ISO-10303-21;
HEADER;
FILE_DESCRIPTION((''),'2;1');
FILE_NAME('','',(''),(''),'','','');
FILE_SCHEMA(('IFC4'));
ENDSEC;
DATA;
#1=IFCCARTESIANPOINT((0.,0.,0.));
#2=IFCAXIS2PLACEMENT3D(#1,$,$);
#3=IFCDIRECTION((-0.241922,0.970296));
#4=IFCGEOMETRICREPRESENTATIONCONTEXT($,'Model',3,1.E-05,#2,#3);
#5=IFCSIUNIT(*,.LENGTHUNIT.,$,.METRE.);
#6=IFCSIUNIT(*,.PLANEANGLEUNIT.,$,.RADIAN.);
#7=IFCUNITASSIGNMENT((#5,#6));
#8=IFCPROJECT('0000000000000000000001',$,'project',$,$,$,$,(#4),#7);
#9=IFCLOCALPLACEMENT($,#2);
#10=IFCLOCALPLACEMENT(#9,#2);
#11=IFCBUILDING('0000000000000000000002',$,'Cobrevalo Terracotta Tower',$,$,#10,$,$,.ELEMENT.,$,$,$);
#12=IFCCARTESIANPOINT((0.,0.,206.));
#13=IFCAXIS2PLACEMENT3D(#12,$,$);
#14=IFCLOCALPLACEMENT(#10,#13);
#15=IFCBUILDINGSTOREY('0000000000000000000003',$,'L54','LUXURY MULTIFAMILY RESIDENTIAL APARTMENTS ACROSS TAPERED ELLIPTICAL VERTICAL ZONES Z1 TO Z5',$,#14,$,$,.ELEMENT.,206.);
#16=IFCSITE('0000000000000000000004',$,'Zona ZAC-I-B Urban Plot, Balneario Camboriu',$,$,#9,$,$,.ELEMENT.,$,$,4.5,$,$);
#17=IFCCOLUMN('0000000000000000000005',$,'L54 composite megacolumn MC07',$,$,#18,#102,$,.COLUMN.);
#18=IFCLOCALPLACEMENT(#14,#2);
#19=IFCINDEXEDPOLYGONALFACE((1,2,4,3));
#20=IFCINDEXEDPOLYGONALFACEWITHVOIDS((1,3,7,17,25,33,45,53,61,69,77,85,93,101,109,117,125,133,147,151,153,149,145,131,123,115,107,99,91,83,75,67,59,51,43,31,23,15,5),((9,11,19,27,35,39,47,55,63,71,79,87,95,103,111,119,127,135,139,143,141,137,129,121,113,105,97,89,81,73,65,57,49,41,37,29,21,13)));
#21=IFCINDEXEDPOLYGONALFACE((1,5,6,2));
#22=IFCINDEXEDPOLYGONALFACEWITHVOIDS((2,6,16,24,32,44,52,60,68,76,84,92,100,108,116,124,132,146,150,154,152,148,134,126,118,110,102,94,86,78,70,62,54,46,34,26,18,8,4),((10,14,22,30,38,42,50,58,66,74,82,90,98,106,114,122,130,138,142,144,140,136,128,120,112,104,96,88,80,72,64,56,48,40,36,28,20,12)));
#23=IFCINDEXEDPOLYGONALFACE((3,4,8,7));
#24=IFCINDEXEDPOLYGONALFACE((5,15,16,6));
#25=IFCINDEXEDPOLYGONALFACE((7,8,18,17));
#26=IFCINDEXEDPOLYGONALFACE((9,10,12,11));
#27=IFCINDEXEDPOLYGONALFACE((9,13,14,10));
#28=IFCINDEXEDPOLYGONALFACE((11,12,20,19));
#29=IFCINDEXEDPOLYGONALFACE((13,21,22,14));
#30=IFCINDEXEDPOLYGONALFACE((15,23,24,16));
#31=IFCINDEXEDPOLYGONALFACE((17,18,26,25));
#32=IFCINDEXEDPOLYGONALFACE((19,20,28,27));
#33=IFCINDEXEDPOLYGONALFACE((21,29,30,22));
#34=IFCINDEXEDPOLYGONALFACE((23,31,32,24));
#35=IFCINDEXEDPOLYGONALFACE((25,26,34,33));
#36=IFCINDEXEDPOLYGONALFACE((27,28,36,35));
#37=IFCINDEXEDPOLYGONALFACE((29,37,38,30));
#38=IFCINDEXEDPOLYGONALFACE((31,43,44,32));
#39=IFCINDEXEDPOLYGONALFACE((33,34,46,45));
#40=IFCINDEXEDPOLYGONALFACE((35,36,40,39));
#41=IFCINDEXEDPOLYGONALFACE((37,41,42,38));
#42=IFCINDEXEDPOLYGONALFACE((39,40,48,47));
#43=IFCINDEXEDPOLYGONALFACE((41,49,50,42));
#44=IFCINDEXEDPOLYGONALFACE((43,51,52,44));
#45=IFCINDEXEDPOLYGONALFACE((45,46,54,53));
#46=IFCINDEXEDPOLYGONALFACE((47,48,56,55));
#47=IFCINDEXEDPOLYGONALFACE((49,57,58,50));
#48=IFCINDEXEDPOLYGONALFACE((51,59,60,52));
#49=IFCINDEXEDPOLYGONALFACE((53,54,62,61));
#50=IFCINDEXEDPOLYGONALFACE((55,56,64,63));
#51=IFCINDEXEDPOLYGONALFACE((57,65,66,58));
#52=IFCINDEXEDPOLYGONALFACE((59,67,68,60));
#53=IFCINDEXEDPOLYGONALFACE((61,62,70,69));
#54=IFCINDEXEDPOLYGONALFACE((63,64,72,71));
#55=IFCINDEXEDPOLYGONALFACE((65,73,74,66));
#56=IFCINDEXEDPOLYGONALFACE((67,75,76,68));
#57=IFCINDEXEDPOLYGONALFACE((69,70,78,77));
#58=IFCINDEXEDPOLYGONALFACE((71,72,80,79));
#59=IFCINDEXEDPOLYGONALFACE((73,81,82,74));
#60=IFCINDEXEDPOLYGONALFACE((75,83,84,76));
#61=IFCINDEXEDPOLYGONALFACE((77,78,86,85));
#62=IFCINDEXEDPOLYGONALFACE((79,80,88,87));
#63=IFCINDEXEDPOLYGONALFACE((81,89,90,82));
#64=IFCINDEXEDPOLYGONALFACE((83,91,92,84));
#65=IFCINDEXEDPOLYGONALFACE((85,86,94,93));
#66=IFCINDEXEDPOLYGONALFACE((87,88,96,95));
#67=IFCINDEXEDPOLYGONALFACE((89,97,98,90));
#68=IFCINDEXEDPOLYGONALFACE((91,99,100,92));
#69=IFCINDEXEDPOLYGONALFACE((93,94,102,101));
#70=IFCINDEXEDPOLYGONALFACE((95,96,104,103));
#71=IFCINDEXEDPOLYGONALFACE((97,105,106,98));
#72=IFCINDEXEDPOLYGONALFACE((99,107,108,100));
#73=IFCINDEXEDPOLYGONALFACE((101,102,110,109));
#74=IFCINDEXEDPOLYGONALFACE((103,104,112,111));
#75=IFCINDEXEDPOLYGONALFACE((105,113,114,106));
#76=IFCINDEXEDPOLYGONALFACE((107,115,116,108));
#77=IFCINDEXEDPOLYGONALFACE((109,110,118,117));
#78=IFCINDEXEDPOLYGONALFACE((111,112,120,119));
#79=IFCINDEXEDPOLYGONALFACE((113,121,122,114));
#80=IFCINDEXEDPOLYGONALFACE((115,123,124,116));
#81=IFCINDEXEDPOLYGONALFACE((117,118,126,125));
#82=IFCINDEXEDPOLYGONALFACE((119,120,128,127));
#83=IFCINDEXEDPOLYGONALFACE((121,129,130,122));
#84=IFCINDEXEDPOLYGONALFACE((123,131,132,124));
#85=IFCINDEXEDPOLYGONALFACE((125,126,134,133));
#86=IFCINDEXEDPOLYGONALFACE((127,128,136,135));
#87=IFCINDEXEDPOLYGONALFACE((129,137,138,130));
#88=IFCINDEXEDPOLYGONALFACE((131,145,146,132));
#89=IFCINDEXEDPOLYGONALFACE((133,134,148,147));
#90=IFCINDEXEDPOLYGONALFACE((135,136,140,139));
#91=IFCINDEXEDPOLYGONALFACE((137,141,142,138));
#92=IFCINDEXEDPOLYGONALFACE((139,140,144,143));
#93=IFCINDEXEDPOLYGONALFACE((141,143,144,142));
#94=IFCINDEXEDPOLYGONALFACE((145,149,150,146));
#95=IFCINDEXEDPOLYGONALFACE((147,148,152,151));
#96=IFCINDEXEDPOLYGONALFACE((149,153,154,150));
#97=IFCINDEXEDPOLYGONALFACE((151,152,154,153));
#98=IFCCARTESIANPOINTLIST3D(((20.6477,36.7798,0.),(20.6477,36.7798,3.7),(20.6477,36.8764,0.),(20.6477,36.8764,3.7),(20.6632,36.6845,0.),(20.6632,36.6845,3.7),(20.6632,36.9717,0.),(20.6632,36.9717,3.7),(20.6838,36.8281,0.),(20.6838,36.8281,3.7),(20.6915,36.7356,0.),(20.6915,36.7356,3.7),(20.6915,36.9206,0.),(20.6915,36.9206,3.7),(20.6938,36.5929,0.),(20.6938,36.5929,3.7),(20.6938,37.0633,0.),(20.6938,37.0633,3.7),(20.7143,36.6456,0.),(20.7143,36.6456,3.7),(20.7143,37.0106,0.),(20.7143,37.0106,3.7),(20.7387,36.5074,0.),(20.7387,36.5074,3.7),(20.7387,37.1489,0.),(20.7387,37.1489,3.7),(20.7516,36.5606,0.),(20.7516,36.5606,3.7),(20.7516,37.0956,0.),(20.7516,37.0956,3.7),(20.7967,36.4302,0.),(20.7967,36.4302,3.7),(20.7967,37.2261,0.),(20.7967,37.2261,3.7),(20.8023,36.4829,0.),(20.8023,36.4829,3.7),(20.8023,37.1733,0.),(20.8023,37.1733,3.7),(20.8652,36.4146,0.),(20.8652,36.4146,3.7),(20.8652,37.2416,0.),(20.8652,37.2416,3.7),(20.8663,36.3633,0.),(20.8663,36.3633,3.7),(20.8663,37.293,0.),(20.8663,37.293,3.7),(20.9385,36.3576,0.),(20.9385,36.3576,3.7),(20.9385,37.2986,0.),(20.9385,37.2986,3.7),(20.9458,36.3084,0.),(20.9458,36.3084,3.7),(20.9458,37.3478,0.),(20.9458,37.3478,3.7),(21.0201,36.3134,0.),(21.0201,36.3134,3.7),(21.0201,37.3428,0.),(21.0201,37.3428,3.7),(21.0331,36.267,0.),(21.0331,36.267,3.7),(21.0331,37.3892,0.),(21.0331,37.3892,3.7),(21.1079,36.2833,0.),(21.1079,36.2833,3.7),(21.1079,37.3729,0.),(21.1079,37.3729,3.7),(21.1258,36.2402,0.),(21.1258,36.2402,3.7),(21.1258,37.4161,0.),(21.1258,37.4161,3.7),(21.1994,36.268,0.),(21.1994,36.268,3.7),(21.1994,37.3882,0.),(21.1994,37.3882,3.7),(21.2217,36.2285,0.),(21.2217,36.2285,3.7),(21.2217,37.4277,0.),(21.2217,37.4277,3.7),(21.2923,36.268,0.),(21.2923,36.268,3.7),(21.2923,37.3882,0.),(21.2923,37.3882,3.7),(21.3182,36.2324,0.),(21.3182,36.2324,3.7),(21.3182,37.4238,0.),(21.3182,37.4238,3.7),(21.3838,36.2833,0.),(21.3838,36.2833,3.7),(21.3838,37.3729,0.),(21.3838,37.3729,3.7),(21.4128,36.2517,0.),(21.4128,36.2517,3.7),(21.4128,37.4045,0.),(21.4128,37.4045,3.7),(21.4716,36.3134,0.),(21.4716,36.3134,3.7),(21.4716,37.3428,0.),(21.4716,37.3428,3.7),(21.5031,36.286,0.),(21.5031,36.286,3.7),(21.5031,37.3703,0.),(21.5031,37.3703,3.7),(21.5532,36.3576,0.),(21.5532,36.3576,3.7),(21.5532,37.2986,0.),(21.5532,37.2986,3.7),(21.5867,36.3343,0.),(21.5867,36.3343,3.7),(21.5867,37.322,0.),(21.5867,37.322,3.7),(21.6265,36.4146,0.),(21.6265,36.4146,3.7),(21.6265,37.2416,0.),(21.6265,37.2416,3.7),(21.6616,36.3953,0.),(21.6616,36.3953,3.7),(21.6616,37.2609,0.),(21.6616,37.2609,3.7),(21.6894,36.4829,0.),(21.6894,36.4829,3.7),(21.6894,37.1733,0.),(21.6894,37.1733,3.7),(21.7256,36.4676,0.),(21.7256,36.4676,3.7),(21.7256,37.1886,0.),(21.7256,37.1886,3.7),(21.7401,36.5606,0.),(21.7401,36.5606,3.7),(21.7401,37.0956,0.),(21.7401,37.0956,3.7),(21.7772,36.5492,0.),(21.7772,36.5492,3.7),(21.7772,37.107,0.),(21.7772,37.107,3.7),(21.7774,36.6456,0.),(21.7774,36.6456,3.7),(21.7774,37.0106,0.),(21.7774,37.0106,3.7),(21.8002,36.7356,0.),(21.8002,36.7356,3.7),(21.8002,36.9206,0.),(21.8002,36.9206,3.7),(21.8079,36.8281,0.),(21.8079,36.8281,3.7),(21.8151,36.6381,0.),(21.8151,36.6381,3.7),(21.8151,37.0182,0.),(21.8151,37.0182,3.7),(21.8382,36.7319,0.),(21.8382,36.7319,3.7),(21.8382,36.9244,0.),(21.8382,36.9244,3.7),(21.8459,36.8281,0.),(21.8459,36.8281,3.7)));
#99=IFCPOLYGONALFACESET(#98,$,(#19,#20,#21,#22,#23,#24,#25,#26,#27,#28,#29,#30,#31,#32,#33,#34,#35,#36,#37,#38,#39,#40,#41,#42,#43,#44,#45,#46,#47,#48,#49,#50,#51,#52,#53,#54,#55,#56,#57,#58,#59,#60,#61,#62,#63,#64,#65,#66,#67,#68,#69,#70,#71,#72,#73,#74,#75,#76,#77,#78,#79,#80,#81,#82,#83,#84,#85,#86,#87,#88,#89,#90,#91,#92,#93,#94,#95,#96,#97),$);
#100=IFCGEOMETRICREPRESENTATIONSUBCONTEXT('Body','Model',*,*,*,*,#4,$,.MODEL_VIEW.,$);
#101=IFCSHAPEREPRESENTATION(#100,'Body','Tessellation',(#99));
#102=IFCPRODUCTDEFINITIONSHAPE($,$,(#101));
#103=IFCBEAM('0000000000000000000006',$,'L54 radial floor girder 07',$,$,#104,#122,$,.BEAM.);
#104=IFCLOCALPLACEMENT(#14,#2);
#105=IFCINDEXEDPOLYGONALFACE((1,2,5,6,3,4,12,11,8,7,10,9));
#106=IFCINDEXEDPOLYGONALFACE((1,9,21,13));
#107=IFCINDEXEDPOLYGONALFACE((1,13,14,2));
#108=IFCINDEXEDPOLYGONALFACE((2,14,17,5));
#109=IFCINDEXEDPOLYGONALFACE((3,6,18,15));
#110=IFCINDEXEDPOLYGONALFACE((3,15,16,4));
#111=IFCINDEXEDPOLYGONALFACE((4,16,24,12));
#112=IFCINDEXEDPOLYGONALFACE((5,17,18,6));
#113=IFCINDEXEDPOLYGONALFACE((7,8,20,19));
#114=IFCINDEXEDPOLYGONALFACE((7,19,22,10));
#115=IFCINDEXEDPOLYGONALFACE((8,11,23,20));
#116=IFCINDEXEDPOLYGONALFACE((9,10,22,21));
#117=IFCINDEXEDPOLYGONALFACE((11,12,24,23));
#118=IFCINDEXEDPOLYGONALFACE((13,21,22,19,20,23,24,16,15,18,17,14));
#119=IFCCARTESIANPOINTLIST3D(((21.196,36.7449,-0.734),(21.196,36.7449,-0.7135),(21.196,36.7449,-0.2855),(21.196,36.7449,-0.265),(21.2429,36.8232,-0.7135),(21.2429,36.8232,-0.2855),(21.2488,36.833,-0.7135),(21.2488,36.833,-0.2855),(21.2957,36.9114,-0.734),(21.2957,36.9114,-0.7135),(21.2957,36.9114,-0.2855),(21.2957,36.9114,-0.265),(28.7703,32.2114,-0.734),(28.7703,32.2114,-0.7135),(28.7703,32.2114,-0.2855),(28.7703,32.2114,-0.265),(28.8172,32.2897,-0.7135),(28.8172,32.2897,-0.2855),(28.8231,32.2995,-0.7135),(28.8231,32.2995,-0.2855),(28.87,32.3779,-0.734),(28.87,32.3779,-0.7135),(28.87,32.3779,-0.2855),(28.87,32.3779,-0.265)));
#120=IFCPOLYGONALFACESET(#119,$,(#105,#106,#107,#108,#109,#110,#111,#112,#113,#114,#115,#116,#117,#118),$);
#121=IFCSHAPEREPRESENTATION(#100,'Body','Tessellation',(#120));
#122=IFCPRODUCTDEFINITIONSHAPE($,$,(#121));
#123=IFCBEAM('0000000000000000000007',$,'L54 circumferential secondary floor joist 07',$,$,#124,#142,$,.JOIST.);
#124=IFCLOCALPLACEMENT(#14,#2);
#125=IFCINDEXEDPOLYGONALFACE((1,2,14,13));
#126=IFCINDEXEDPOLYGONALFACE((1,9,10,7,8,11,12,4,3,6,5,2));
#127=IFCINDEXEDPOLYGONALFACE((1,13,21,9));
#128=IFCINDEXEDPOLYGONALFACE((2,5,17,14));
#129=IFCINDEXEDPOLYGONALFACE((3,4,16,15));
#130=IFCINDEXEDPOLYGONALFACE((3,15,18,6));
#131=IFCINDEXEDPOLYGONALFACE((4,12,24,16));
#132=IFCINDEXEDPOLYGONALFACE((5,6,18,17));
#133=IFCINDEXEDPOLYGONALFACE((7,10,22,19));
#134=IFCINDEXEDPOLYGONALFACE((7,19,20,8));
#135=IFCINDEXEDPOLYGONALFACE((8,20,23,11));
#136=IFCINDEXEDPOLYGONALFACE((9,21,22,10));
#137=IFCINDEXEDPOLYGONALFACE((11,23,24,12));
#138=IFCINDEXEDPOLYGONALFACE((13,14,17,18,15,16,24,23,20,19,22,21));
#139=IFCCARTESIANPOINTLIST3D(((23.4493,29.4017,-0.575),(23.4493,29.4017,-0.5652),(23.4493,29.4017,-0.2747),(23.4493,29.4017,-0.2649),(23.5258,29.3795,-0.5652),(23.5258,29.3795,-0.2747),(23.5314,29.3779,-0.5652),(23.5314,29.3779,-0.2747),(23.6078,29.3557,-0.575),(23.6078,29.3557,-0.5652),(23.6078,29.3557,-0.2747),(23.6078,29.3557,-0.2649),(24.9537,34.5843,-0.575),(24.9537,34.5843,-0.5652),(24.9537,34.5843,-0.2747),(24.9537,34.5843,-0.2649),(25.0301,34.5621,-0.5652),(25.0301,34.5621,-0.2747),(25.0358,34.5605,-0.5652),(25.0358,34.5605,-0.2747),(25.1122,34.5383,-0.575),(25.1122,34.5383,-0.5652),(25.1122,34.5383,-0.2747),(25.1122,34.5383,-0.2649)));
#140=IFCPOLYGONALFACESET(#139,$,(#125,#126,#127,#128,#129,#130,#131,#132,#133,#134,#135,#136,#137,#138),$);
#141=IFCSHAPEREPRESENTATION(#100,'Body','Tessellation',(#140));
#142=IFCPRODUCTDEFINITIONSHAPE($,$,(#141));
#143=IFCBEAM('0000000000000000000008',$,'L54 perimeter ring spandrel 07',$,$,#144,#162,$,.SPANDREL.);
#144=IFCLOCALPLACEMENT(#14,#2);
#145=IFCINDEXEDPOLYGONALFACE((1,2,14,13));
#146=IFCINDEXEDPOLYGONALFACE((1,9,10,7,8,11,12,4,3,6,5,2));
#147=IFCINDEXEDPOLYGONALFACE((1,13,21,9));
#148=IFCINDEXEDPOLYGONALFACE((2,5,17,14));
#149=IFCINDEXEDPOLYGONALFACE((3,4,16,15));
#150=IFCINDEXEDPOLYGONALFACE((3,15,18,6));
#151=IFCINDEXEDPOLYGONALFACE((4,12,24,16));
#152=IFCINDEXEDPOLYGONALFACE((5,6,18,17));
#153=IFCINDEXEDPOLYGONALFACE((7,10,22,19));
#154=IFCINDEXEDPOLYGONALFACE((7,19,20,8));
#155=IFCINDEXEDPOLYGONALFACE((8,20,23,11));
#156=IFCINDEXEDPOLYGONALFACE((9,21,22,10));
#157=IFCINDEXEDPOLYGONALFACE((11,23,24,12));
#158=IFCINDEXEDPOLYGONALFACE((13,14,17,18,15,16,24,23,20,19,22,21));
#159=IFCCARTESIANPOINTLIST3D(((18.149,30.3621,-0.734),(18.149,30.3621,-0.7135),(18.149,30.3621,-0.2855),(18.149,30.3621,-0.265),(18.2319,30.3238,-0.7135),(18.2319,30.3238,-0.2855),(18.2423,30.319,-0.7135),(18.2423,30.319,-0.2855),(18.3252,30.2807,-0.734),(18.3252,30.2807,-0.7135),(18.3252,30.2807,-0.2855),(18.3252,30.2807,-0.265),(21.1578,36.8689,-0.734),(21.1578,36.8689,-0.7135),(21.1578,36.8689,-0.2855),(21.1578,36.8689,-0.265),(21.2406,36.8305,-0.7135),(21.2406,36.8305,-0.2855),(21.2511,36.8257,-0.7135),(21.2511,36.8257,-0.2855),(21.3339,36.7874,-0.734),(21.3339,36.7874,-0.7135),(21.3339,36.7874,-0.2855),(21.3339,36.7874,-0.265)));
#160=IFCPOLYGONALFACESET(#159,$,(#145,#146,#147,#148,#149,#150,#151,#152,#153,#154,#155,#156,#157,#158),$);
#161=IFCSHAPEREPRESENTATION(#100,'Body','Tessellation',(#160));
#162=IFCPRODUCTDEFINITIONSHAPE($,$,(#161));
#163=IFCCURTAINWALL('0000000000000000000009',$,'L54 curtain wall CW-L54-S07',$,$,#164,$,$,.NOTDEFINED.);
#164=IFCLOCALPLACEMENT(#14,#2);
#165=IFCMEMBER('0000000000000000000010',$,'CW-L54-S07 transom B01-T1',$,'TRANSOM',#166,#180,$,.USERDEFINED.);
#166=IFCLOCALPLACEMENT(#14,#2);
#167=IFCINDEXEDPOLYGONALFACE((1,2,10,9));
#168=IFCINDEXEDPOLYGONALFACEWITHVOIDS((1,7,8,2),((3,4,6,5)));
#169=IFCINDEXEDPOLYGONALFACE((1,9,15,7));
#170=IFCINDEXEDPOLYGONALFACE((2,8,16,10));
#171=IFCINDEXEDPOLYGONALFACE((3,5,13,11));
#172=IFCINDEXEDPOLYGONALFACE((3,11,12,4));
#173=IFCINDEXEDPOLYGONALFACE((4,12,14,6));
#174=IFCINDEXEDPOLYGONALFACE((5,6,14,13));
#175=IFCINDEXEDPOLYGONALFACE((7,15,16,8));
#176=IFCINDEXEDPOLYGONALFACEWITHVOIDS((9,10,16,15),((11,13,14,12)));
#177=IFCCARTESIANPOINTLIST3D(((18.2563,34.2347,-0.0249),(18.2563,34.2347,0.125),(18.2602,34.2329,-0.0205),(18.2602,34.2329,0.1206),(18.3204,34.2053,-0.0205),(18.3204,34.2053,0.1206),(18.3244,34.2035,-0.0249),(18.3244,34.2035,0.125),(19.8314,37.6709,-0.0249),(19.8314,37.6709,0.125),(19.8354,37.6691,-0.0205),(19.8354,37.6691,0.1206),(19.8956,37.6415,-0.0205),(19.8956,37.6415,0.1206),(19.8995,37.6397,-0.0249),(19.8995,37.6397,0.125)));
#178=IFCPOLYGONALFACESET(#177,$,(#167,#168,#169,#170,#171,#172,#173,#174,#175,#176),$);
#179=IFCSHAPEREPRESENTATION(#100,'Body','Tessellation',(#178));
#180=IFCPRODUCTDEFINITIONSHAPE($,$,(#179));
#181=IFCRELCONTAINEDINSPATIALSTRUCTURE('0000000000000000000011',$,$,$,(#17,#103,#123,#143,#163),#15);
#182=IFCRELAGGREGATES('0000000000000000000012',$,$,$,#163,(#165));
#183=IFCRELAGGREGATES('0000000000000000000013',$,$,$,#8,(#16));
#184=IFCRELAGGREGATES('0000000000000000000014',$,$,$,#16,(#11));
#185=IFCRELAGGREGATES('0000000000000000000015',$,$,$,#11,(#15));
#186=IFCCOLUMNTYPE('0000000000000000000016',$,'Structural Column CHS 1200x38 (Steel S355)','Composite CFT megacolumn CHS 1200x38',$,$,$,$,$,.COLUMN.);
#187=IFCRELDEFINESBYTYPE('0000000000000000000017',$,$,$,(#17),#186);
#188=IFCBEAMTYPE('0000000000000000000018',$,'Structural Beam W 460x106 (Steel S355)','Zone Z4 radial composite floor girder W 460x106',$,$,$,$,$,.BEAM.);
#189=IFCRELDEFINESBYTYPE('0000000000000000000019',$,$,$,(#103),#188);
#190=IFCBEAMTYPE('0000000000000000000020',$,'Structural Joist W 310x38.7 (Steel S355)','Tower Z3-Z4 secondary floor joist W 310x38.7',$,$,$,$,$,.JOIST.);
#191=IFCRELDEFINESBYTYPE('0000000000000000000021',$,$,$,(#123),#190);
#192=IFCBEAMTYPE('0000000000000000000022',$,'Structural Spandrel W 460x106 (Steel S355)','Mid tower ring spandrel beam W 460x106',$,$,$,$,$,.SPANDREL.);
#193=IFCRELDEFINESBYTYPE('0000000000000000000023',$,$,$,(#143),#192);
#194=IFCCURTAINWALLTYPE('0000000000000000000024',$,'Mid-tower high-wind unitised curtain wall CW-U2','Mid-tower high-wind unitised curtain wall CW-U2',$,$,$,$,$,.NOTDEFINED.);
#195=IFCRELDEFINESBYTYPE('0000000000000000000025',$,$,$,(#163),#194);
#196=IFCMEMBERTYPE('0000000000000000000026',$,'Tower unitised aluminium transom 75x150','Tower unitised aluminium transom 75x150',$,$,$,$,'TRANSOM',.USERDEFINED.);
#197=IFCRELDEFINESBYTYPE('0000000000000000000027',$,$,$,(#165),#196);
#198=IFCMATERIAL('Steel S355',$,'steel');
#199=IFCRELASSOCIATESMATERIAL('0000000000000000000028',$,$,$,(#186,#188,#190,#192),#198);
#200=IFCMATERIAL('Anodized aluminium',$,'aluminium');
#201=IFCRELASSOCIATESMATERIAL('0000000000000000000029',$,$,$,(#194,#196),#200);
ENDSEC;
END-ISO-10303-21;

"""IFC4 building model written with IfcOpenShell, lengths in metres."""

from ifc_helpers import new_model, si_unit, direction, frame, origin, origin_2d, place, context, subcontext, project, spatial, hollow_rectangle, hollow_circle, i_section, extrude, source, transform, mapped, material, material_profile, profile_set, type_object, element, aggregate, save


model = new_model("IFC4")

# Units and contexts
model_context = context("Model", 3, precision=1e-05, world=origin(), true_north=direction((-0.241922, 0.970296)))
body_context = subcontext(model_context, "Body", "Model", "MODEL_VIEW")
ifc_project = project(units=[si_unit("LENGTHUNIT", "METRE"), si_unit("PLANEANGLEUNIT", "RADIAN")], contexts=[model_context])

# Site, building, storey
site_placement = place(None, origin())
site = spatial("IfcSite", under=ifc_project, at=site_placement, Name="Zona ZAC-I-B Urban Plot, Balneario Camboriu", CompositionType="ELEMENT", RefElevation=4.5)
building_placement = place(site_placement, origin())
building = spatial("IfcBuilding", under=site, at=building_placement, Name="Cobrevalo Terracotta Tower", CompositionType="ELEMENT")
storey_placement = place(building_placement, frame((0.0, 0.0, 206.0)))
storey = spatial("IfcBuildingStorey", under=building, at=storey_placement, Name="L54", Description="LUXURY MULTIFAMILY RESIDENTIAL APARTMENTS ACROSS TAPERED ELLIPTICAL VERTICAL ZONES Z1 TO Z5", CompositionType="ELEMENT", Elevation=206.0)

# Column
ifc_material_1 = material(Name="Steel S355", Category="steel")
ifc_material_profile_1 = material_profile(ifc_material_1, hollow_circle(Radius=0.6001, WallThickness=0.0381, at=origin_2d()), Name="CHS 1200x38")
ifc_profile_set_1 = profile_set([ifc_material_profile_1], Name="Steel S355")
column_type = type_object("IfcColumnType", Name="Structural Column CHS 1200x38 (Steel S355)", Description="Composite CFT megacolumn CHS 1200x38", PredefinedType="COLUMN", material=ifc_profile_set_1)
column_placement = place(storey_placement, frame((21.2458, 36.8281, 0.0), z_axis=(0.0, 0.0, 1.0), x_axis=(1.0, 0.0, 0.0)))
element("IfcColumn", 1, at=column_placement, inside=storey, type_object=column_type, Name="L54 composite megacolumn MC07", PredefinedType="COLUMN", context=body_context, shape_type="SweptSolid", body=[
    extrude(hollow_circle(Radius=0.6001, WallThickness=0.0381, at=origin_2d()), origin(), (0.0, 0.0, 1.0), 3.7),
])

# Beams
ifc_material_profile_2 = material_profile(ifc_material_1, i_section(OverallWidth=0.1941, OverallDepth=0.469, WebThickness=0.0115, FlangeThickness=0.0205, at=origin_2d()), Name="W 460x106")
ifc_profile_set_2 = profile_set([ifc_material_profile_2], Name="Steel S355")
beam_type_1 = type_object("IfcBeamType", Name="Structural Beam W 460x106 (Steel S355)", Description="Zone Z4 radial composite floor girder W 460x106", PredefinedType="BEAM", material=ifc_profile_set_2)
beam_1_placement = place(storey_placement, frame((21.2458, 36.8281, -0.4995), z_axis=(0.858046, -0.513572, 0.0), x_axis=(0.513572, 0.858046, 0.0)))
element("IfcBeam", 2, at=beam_1_placement, inside=storey, type_object=beam_type_1, Name="L54 radial floor girder 07", PredefinedType="BEAM", context=body_context, shape_type="SweptSolid", body=[
    extrude(i_section(OverallWidth=0.1941, OverallDepth=0.469, WebThickness=0.0115, FlangeThickness=0.0205, at=origin_2d()), origin(), (0.0, 0.0, 1.0), 8.8274),
])
ifc_material_profile_3 = material_profile(ifc_material_1, i_section(OverallWidth=0.165, OverallDepth=0.3101, WebThickness=0.0059, FlangeThickness=0.0098, at=origin_2d()), Name="W 310x38.7")
ifc_profile_set_3 = profile_set([ifc_material_profile_3], Name="Steel S355")
beam_type_2 = type_object("IfcBeamType", Name="Structural Joist W 310x38.7 (Steel S355)", Description="Tower Z3-Z4 secondary floor joist W 310x38.7", PredefinedType="JOIST", material=ifc_profile_set_3)
beam_2_placement = place(storey_placement, frame((25.033, 34.5613, -0.4199), z_axis=(-0.27877, -0.960358, 0.0), x_axis=(0.960358, -0.27877, 0.0)))
element("IfcBeam", 3, at=beam_2_placement, inside=storey, type_object=beam_type_2, Name="L54 circumferential secondary floor joist 07", PredefinedType="JOIST", context=body_context, shape_type="SweptSolid", body=[
    extrude(i_section(OverallWidth=0.165, OverallDepth=0.3101, WebThickness=0.0059, FlangeThickness=0.0098, at=origin_2d()), origin(), (0.0, 0.0, 1.0), 5.3965),
])
ifc_material_profile_4 = material_profile(ifc_material_1, i_section(OverallWidth=0.1941, OverallDepth=0.469, WebThickness=0.0115, FlangeThickness=0.0205, at=origin_2d()), Name="W 460x106")
ifc_profile_set_4 = profile_set([ifc_material_profile_4], Name="Steel S355")
beam_type_3 = type_object("IfcBeamType", Name="Structural Spandrel W 460x106 (Steel S355)", Description="Mid tower ring spandrel beam W 460x106", PredefinedType="SPANDREL", material=ifc_profile_set_4)
beam_3_placement = place(storey_placement, frame((21.2458, 36.8281, -0.4995), z_axis=(-0.419706, -0.90766, 0.0), x_axis=(0.90766, -0.419706, 0.0)))
element("IfcBeam", 4, at=beam_3_placement, inside=storey, type_object=beam_type_3, Name="L54 perimeter ring spandrel 07", PredefinedType="SPANDREL", context=body_context, shape_type="SweptSolid", body=[
    extrude(i_section(OverallWidth=0.1941, OverallDepth=0.469, WebThickness=0.0115, FlangeThickness=0.0205, at=origin_2d()), origin(), (0.0, 0.0, 1.0), 7.1687),
])

# Curtain wall, member
ifc_material_2 = material(Name="Anodized aluminium", Category="aluminium")
curtain_wall_type = type_object("IfcCurtainWallType", Name="Mid-tower high-wind unitised curtain wall CW-U2", Description="Mid-tower high-wind unitised curtain wall CW-U2", PredefinedType="NOTDEFINED", material=ifc_material_2)
curtain_wall_1_placement = place(storey_placement, origin())
curtain_wall_1 = element("IfcCurtainWall", 5, at=curtain_wall_1_placement, inside=storey, type_object=curtain_wall_type, Name="L54 curtain wall CW-L54-S07", PredefinedType="NOTDEFINED")
ifc_material_profile_5 = material_profile(ifc_material_2, hollow_rectangle(XDim=0.075, YDim=0.1499, WallThickness=0.0044, at=origin_2d()), Name="CWT 75x150")
ifc_profile_set_5 = profile_set([ifc_material_profile_5], Name="Anodized aluminium")
member_type_1 = type_object("IfcMemberType", Name="Tower unitised aluminium transom 75x150", Description="Tower unitised aluminium transom 75x150", ElementType="TRANSOM", PredefinedType="USERDEFINED", material=ifc_profile_set_5)
shared_shape_1 = source(origin(), body_context, "Body", "SweptSolid", [
    extrude(hollow_rectangle(XDim=0.075, YDim=0.1499, WallThickness=0.0044, at=origin_2d()), origin(), (0.0, 0.0, 1.0), 3.78),
])
member_1_placement = place(storey_placement, frame((19.8655, 37.6553, 0.05), z_axis=(-0.416706, -0.909041, 0.0), x_axis=(0.909041, -0.416706, 0.0)))
member_1 = element("IfcMember", 6, at=member_1_placement, type_object=member_type_1, Name="CW-L54-S07 transom B01-T1", ObjectType="TRANSOM", PredefinedType="USERDEFINED", context=body_context, shape_type="MappedRepresentation", body=[
    mapped(shared_shape_1, transform((0.0, 0.0, 0.0), scale=1.0)),
])

aggregate(curtain_wall_1, [member_1])

save(model, "model.ifc")
